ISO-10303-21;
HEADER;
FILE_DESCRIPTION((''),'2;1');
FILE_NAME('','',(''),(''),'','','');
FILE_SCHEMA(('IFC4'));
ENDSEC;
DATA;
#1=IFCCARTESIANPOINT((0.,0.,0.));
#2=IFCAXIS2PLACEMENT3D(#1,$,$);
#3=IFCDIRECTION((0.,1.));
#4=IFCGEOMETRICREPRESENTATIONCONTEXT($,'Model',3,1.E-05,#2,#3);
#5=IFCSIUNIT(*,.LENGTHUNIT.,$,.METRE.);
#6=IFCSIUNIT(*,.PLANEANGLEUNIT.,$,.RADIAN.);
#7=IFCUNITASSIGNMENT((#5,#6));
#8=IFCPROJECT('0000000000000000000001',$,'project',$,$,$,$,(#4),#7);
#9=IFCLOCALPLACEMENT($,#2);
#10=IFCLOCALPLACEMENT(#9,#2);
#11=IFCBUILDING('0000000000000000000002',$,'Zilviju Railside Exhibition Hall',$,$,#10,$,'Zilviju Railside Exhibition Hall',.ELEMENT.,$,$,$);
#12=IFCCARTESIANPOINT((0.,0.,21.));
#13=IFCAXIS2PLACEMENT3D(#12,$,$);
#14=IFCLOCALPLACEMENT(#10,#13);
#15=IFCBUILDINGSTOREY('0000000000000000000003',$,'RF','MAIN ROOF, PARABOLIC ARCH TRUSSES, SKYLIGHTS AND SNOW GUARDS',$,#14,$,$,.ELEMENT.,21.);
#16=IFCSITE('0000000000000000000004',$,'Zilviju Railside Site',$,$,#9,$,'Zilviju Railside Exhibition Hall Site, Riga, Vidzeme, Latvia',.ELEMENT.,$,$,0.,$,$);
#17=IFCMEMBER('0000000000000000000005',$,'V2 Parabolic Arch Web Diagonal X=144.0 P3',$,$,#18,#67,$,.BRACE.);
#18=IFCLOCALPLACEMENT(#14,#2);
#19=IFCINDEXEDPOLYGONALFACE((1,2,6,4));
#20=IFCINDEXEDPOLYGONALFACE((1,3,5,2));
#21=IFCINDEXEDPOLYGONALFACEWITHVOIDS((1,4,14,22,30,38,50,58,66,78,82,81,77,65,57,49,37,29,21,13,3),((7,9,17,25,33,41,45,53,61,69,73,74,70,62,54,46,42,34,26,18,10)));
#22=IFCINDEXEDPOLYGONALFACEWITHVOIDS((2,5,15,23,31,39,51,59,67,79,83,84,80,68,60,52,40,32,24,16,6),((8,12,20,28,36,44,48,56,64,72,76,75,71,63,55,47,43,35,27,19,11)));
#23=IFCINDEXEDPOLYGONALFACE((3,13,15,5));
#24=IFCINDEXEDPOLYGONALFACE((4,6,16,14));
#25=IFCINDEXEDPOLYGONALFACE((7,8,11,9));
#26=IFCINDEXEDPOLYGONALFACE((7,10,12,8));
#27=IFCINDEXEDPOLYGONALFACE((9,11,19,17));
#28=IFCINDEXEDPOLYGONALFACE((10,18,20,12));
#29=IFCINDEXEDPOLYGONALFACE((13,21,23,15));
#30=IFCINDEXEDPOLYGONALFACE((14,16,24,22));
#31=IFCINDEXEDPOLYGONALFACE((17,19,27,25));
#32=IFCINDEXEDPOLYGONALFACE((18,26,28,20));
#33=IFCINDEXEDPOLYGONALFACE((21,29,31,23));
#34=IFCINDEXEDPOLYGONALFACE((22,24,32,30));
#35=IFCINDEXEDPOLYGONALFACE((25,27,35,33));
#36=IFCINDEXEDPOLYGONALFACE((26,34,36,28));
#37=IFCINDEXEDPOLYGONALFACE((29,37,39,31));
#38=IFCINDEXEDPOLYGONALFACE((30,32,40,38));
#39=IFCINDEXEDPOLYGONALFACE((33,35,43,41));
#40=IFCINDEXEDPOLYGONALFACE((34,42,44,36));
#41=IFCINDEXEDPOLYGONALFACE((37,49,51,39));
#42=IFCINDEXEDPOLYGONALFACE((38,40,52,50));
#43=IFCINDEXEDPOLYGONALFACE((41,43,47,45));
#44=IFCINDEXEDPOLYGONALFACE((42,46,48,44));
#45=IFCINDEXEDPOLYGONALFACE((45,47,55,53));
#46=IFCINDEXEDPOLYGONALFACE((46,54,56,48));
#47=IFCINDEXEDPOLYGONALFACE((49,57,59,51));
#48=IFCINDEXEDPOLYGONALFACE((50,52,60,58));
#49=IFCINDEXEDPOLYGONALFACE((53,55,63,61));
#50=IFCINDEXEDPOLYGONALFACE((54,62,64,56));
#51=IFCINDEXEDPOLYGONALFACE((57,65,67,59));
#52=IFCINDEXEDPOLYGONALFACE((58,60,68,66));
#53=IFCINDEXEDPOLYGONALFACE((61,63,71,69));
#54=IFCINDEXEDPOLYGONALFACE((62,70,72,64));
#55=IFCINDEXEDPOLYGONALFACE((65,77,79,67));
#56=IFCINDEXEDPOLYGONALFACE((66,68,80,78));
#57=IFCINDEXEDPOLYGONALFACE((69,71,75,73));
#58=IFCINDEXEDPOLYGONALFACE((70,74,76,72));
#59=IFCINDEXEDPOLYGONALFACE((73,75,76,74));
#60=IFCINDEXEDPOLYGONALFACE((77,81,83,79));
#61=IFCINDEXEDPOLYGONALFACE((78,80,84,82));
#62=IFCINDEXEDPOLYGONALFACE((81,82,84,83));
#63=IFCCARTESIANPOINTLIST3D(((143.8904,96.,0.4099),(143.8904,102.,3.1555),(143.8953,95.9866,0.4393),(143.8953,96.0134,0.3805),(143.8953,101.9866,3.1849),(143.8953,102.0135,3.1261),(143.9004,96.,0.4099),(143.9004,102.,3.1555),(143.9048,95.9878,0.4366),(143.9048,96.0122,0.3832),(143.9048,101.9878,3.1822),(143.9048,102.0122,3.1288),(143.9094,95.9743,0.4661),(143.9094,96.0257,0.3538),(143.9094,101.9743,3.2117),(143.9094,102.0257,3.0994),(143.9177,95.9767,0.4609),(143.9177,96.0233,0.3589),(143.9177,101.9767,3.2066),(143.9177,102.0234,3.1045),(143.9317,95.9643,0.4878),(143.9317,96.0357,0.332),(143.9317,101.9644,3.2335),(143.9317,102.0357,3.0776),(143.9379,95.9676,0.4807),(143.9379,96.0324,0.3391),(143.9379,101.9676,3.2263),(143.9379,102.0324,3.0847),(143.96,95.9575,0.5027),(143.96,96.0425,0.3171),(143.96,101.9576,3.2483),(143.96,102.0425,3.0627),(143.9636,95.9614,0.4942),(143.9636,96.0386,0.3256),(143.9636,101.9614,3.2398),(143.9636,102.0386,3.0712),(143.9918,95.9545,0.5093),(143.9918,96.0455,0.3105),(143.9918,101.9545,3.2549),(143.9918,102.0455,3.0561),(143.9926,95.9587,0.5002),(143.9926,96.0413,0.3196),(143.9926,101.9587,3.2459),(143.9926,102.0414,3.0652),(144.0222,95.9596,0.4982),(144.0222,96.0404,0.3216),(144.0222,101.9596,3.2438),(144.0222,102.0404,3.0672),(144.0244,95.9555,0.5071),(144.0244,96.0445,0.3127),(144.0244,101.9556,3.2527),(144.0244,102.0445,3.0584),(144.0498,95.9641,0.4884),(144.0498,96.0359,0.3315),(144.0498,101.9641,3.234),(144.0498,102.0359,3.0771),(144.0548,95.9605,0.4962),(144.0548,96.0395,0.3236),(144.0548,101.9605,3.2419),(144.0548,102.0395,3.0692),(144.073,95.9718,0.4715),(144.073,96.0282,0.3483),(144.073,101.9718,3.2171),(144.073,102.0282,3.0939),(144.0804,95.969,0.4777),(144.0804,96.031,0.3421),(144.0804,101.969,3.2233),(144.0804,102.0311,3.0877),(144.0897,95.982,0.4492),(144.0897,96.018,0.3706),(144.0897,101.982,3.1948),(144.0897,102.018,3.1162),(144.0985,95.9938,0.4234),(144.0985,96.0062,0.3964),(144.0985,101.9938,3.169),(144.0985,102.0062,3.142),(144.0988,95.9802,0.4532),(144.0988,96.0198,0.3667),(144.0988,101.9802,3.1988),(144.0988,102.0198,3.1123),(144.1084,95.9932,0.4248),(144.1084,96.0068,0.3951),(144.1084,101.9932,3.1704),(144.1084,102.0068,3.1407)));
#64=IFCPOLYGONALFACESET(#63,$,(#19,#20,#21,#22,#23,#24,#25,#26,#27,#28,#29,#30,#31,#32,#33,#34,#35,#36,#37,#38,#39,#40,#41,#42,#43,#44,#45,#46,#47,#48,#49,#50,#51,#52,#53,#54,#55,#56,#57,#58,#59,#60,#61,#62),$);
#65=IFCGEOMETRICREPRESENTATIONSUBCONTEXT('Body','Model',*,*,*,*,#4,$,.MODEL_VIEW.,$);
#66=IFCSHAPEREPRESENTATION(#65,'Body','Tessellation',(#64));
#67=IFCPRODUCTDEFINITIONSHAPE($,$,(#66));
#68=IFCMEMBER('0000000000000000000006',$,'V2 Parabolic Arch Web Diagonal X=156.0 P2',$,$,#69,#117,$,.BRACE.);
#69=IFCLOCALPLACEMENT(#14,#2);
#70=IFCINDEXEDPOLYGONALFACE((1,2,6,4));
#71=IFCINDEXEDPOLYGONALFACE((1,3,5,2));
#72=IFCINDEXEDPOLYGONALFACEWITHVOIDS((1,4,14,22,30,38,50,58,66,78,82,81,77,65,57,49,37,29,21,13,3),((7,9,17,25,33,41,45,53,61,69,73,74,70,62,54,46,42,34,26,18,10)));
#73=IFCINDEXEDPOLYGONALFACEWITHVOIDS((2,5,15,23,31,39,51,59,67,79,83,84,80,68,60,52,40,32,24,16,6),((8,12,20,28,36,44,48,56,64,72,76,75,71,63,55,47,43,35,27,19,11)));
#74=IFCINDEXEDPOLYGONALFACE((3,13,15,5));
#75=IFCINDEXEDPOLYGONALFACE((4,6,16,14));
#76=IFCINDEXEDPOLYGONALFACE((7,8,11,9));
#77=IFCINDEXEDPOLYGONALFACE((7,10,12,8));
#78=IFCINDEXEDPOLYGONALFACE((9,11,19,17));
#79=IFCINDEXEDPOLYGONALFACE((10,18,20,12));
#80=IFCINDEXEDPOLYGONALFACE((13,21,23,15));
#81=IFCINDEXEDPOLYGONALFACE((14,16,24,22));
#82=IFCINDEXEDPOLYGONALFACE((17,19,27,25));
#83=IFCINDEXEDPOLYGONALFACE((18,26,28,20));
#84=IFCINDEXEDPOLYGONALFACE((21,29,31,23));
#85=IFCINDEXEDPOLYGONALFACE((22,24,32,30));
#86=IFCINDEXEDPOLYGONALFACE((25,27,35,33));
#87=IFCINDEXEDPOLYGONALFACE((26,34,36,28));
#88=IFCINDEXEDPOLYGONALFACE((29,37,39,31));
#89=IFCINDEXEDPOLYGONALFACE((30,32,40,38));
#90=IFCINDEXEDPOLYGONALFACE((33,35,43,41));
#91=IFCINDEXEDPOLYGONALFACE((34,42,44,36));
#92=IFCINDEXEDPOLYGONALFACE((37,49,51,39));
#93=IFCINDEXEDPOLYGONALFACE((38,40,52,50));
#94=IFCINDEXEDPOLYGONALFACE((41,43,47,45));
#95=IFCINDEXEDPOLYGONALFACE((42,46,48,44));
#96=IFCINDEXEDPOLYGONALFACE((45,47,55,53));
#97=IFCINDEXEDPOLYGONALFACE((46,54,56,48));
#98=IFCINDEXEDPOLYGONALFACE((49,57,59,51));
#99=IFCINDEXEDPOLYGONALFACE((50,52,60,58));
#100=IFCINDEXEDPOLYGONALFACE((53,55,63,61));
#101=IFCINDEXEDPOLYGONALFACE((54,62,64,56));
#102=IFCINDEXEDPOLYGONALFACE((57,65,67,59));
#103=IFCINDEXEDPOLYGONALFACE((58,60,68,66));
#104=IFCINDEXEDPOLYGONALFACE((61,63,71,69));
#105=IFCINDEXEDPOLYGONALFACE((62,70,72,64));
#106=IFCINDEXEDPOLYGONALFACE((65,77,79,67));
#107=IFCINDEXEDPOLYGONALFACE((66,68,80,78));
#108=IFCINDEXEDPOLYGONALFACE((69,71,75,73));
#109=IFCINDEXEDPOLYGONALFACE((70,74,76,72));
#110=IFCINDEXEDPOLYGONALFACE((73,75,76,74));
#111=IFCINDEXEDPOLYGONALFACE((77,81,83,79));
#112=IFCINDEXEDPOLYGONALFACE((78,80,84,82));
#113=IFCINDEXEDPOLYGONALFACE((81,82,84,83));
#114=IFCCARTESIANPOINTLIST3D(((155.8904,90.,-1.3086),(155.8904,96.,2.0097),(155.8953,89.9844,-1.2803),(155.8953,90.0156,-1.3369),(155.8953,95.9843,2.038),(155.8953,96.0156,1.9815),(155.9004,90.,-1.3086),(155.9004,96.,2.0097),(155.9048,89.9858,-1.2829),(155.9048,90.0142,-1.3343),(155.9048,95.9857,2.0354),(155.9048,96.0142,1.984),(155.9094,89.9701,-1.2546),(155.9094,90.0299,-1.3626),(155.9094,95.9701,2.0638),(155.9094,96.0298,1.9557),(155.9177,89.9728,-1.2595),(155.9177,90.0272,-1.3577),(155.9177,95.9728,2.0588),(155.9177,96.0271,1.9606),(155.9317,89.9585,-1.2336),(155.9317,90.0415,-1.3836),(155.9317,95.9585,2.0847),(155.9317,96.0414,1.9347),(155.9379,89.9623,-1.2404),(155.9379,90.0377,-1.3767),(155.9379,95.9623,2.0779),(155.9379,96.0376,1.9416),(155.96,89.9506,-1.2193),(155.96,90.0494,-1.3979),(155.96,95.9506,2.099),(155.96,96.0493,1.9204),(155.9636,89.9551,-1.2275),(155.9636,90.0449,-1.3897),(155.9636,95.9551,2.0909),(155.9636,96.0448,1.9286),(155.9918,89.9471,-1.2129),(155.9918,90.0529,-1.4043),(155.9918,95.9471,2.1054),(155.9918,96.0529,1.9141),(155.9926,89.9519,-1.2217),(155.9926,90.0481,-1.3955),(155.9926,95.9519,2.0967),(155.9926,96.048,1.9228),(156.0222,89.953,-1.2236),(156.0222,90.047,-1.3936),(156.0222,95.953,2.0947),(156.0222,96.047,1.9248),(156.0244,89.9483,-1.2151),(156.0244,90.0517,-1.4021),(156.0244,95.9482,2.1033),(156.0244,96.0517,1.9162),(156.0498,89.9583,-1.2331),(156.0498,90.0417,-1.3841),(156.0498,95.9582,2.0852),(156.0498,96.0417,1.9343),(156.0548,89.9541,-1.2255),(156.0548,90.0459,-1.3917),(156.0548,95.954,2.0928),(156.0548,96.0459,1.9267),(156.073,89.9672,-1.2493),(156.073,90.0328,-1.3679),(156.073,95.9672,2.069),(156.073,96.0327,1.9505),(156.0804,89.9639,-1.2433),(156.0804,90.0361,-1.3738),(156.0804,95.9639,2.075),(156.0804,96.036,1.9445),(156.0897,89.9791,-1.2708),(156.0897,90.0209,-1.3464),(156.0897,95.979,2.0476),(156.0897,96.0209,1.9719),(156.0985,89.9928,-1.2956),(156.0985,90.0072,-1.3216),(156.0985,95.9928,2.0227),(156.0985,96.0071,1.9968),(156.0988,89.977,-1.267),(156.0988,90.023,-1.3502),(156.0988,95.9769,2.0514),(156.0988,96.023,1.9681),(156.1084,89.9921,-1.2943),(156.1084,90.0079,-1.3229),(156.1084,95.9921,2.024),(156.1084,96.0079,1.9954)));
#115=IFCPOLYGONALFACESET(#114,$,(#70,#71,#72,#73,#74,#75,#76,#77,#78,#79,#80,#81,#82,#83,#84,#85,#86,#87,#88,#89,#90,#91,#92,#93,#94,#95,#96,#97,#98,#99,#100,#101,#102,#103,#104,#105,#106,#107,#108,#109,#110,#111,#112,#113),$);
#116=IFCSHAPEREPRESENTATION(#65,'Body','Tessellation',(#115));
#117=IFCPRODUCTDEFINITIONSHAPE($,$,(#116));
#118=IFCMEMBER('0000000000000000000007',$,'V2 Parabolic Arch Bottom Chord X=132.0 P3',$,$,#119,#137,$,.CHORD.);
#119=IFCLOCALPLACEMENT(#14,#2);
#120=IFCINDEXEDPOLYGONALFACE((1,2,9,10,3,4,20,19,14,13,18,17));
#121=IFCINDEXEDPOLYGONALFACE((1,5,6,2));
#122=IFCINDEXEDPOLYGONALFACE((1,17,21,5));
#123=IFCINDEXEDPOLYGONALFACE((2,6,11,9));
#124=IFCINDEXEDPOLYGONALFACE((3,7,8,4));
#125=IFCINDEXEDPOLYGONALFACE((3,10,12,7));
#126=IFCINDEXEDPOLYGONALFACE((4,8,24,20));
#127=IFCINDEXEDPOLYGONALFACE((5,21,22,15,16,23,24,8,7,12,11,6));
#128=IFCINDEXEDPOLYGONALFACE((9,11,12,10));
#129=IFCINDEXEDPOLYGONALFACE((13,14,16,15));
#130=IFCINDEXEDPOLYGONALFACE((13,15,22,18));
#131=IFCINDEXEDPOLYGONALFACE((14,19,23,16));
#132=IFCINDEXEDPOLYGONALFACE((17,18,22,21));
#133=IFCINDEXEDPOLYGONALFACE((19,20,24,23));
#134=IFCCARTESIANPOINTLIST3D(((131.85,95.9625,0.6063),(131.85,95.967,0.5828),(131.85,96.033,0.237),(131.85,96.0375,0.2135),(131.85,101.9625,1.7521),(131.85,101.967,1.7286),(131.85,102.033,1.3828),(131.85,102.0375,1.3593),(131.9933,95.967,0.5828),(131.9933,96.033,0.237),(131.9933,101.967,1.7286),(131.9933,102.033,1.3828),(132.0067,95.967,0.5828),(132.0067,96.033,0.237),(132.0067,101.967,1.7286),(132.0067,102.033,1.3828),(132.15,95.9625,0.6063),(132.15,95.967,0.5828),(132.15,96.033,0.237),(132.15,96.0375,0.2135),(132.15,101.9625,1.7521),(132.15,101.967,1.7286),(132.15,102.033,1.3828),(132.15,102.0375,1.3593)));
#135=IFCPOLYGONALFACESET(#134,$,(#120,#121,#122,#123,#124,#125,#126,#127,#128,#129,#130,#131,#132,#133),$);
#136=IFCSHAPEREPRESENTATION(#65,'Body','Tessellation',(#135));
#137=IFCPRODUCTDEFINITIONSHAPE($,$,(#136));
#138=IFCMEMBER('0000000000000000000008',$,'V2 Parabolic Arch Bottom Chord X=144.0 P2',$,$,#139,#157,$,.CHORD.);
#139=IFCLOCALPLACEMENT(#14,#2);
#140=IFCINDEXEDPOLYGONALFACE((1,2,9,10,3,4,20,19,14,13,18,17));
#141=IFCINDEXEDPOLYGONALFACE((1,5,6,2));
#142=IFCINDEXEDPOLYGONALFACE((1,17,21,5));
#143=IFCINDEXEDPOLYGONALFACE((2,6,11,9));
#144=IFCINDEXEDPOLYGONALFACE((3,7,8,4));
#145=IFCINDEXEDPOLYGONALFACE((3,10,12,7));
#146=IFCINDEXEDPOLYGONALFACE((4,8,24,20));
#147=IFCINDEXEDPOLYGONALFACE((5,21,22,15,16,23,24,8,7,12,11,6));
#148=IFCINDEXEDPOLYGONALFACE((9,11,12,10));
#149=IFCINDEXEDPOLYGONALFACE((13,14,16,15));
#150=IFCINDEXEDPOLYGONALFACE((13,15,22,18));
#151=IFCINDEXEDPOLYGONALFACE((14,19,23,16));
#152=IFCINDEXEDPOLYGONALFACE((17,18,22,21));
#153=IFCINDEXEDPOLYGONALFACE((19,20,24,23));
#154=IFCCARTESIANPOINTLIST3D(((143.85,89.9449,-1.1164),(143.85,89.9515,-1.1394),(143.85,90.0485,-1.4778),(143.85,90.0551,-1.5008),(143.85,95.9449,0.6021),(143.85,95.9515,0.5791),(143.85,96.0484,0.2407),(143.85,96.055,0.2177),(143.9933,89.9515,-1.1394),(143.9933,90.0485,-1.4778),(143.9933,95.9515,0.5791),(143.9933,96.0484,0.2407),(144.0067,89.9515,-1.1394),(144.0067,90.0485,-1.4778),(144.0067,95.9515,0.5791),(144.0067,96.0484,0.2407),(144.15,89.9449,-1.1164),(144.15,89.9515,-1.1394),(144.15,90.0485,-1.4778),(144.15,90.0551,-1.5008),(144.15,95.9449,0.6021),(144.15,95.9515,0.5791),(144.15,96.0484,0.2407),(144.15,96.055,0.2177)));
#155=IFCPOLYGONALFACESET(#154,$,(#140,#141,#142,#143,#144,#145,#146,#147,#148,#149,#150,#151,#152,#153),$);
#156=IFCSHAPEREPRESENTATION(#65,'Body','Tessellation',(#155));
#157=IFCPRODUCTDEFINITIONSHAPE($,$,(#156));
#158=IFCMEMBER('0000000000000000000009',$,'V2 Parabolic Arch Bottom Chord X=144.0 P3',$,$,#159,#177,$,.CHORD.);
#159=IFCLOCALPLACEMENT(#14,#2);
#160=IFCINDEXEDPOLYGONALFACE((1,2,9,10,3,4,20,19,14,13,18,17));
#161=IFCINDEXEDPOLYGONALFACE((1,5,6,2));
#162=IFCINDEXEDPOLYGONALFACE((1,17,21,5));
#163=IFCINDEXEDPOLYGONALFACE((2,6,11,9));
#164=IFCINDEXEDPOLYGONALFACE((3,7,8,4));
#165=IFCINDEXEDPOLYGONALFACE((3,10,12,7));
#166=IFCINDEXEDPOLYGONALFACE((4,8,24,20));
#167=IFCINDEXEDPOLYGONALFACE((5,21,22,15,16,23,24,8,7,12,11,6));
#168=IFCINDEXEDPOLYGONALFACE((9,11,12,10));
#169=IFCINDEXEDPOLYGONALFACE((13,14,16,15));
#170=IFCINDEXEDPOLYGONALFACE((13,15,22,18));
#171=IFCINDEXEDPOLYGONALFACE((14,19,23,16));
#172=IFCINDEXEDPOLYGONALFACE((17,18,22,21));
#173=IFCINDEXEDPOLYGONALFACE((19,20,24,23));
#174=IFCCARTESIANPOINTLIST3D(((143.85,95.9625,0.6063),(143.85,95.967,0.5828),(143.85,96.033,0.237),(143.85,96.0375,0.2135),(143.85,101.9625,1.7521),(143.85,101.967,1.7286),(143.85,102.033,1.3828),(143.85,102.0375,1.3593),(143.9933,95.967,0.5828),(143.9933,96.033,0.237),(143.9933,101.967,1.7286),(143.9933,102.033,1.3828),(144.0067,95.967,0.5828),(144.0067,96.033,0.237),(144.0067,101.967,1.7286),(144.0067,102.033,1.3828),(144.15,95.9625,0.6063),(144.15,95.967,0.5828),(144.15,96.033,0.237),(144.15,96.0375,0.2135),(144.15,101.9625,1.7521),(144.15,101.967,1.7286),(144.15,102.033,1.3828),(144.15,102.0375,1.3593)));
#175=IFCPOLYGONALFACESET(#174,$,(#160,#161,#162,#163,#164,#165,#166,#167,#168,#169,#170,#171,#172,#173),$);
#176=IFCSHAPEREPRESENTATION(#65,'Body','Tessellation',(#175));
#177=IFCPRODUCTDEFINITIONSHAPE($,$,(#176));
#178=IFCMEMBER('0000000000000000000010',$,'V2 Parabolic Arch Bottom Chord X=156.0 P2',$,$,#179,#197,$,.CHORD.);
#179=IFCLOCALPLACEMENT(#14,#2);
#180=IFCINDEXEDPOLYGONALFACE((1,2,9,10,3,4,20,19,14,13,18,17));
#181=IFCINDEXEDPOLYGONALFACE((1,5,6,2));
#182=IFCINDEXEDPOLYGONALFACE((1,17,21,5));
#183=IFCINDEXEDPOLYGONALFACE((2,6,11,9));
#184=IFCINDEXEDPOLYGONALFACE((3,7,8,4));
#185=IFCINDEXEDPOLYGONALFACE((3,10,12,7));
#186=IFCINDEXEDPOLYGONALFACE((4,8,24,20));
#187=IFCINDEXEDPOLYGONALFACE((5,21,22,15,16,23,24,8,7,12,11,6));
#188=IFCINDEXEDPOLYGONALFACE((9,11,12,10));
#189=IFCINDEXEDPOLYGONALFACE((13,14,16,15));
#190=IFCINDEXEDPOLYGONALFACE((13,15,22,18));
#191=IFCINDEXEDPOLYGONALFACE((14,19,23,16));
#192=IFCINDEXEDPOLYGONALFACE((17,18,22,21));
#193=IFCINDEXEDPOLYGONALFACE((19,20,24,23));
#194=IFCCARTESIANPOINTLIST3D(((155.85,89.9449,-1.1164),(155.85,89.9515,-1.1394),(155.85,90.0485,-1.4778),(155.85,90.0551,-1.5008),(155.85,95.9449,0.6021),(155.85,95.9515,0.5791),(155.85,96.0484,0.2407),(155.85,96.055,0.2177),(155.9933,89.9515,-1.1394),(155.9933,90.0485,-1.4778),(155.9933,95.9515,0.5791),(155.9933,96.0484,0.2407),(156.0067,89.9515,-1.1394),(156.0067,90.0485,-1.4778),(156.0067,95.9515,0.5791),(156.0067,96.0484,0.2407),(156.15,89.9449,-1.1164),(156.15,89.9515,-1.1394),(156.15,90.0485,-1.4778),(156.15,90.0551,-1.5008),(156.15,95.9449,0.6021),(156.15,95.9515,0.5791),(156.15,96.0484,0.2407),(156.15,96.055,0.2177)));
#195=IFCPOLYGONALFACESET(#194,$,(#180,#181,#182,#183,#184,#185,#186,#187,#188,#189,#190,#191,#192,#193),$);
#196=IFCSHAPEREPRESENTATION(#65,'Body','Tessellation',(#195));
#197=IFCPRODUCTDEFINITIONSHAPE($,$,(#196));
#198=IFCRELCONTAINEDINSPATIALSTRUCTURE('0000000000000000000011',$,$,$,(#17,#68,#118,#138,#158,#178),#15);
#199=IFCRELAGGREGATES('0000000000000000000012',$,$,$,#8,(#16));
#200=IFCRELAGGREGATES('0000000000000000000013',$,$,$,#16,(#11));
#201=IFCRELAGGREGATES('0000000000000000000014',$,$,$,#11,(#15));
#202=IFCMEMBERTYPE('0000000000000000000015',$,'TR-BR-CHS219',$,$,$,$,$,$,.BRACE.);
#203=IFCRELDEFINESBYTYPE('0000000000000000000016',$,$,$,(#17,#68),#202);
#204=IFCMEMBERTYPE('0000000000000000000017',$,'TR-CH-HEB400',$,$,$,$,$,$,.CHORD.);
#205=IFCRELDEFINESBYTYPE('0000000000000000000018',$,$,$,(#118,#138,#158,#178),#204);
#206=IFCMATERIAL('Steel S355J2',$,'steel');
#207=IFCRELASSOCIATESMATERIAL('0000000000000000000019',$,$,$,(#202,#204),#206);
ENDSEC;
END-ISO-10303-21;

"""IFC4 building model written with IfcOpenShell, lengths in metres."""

from ifc_helpers import new_model, si_unit, direction, frame, origin, origin_2d, place, context, subcontext, project, spatial, hollow_circle, i_section, extrude, material, material_profile, profile_set, type_object, element, save


model = new_model("IFC4")

# Units and contexts
model_context = context("Model", 3, precision=1e-05, world=origin(), true_north=direction((0.0, 1.0)))
body_context = subcontext(model_context, "Body", "Model", "MODEL_VIEW")
ifc_project = project(units=[si_unit("LENGTHUNIT", "METRE"), si_unit("PLANEANGLEUNIT", "RADIAN")], contexts=[model_context])

# Site, building, storey
site_placement = place(None, origin())
site = spatial("IfcSite", under=ifc_project, at=site_placement, Name="Zilviju Railside Site", LongName="Zilviju Railside Exhibition Hall Site, Riga, Vidzeme, Latvia", CompositionType="ELEMENT", RefElevation=0.0)
building_placement = place(site_placement, origin())
building = spatial("IfcBuilding", under=site, at=building_placement, Name="Zilviju Railside Exhibition Hall", LongName="Zilviju Railside Exhibition Hall", CompositionType="ELEMENT")
storey_placement = place(building_placement, frame((0.0, 0.0, 21.0)))
storey = spatial("IfcBuildingStorey", under=building, at=storey_placement, Name="RF", Description="MAIN ROOF, PARABOLIC ARCH TRUSSES, SKYLIGHTS AND SNOW GUARDS", CompositionType="ELEMENT", Elevation=21.0)

# Members
ifc_material_1 = material(Name="Steel S355J2", Category="steel")
ifc_material_profile_1 = material_profile(ifc_material_1, hollow_circle(Radius=0.1096, WallThickness=0.01, at=origin_2d()), Name="CHS 219.1x10.0")
ifc_profile_set_1 = profile_set([ifc_material_profile_1], Name="Steel S355J2")
member_type_1 = type_object("IfcMemberType", Name="TR-BR-CHS219", PredefinedType="BRACE", material=ifc_profile_set_1)
member_1_placement = place(storey_placement, frame((144.0, 96.0, 0.4099), z_axis=(0.0, 0.909317, 0.416104), x_axis=(-1.0, 0.0, 0.0)))
element("IfcMember", 1, at=member_1_placement, inside=storey, type_object=member_type_1, Name="V2 Parabolic Arch Web Diagonal X=144.0 P3", PredefinedType="BRACE", context=body_context, shape_type="SweptSolid", body=[
    extrude(hollow_circle(Radius=0.1096, WallThickness=0.01, at=origin_2d()), origin(), (0.0, 0.0, 1.0), 6.5984),
])
member_2_placement = place(storey_placement, frame((156.0, 90.0, -1.3086), z_axis=(0.0, 0.875083, 0.483973), x_axis=(-1.0, 0.0, 0.0)))
element("IfcMember", 2, at=member_2_placement, inside=storey, type_object=member_type_1, Name="V2 Parabolic Arch Web Diagonal X=156.0 P2", PredefinedType="BRACE", context=body_context, shape_type="SweptSolid", body=[
    extrude(hollow_circle(Radius=0.1096, WallThickness=0.01, at=origin_2d()), origin(), (0.0, 0.0, 1.0), 6.8564),
])
ifc_material_profile_2 = material_profile(ifc_material_1, i_section(OverallWidth=0.3, OverallDepth=0.3999, WebThickness=0.0134, FlangeThickness=0.0239, at=origin_2d()), Name="HEB 400")
ifc_profile_set_2 = profile_set([ifc_material_profile_2], Name="Steel S355J2")
member_type_2 = type_object("IfcMemberType", Name="TR-CH-HEB400", PredefinedType="CHORD", material=ifc_profile_set_2)
member_3_placement = place(storey_placement, frame((132.0, 96.0, 0.4099), z_axis=(0.0, 0.982251, 0.187569), x_axis=(-1.0, 0.0, 0.0)))
element("IfcMember", 3, at=member_3_placement, inside=storey, type_object=member_type_2, Name="V2 Parabolic Arch Bottom Chord X=132.0 P3", PredefinedType="CHORD", context=body_context, shape_type="SweptSolid", body=[
    extrude(i_section(OverallWidth=0.3, OverallDepth=0.3999, WebThickness=0.0134, FlangeThickness=0.0239, at=origin_2d()), origin(), (0.0, 0.0, 1.0), 6.1084),
])
member_4_placement = place(storey_placement, frame((144.0, 90.0, -1.3086), z_axis=(0.0, 0.961345, 0.275346), x_axis=(-1.0, 0.0, 0.0)))
element("IfcMember", 4, at=member_4_placement, inside=storey, type_object=member_type_2, Name="V2 Parabolic Arch Bottom Chord X=144.0 P2", PredefinedType="CHORD", context=body_context, shape_type="SweptSolid", body=[
    extrude(i_section(OverallWidth=0.3, OverallDepth=0.3999, WebThickness=0.0134, FlangeThickness=0.0239, at=origin_2d()), origin(), (0.0, 0.0, 1.0), 6.2412),
])
member_5_placement = place(storey_placement, frame((144.0, 96.0, 0.4099), z_axis=(0.0, 0.982251, 0.187569), x_axis=(-1.0, 0.0, 0.0)))
element("IfcMember", 5, at=member_5_placement, inside=storey, type_object=member_type_2, Name="V2 Parabolic Arch Bottom Chord X=144.0 P3", PredefinedType="CHORD", context=body_context, shape_type="SweptSolid", body=[
    extrude(i_section(OverallWidth=0.3, OverallDepth=0.3999, WebThickness=0.0134, FlangeThickness=0.0239, at=origin_2d()), origin(), (0.0, 0.0, 1.0), 6.1084),
])
member_6_placement = place(storey_placement, frame((156.0, 90.0, -1.3086), z_axis=(0.0, 0.961345, 0.275346), x_axis=(-1.0, 0.0, 0.0)))
element("IfcMember", 6, at=member_6_placement, inside=storey, type_object=member_type_2, Name="V2 Parabolic Arch Bottom Chord X=156.0 P2", PredefinedType="CHORD", context=body_context, shape_type="SweptSolid", body=[
    extrude(i_section(OverallWidth=0.3, OverallDepth=0.3999, WebThickness=0.0134, FlangeThickness=0.0239, at=origin_2d()), origin(), (0.0, 0.0, 1.0), 6.2412),
])

save(model, "model.ifc")
